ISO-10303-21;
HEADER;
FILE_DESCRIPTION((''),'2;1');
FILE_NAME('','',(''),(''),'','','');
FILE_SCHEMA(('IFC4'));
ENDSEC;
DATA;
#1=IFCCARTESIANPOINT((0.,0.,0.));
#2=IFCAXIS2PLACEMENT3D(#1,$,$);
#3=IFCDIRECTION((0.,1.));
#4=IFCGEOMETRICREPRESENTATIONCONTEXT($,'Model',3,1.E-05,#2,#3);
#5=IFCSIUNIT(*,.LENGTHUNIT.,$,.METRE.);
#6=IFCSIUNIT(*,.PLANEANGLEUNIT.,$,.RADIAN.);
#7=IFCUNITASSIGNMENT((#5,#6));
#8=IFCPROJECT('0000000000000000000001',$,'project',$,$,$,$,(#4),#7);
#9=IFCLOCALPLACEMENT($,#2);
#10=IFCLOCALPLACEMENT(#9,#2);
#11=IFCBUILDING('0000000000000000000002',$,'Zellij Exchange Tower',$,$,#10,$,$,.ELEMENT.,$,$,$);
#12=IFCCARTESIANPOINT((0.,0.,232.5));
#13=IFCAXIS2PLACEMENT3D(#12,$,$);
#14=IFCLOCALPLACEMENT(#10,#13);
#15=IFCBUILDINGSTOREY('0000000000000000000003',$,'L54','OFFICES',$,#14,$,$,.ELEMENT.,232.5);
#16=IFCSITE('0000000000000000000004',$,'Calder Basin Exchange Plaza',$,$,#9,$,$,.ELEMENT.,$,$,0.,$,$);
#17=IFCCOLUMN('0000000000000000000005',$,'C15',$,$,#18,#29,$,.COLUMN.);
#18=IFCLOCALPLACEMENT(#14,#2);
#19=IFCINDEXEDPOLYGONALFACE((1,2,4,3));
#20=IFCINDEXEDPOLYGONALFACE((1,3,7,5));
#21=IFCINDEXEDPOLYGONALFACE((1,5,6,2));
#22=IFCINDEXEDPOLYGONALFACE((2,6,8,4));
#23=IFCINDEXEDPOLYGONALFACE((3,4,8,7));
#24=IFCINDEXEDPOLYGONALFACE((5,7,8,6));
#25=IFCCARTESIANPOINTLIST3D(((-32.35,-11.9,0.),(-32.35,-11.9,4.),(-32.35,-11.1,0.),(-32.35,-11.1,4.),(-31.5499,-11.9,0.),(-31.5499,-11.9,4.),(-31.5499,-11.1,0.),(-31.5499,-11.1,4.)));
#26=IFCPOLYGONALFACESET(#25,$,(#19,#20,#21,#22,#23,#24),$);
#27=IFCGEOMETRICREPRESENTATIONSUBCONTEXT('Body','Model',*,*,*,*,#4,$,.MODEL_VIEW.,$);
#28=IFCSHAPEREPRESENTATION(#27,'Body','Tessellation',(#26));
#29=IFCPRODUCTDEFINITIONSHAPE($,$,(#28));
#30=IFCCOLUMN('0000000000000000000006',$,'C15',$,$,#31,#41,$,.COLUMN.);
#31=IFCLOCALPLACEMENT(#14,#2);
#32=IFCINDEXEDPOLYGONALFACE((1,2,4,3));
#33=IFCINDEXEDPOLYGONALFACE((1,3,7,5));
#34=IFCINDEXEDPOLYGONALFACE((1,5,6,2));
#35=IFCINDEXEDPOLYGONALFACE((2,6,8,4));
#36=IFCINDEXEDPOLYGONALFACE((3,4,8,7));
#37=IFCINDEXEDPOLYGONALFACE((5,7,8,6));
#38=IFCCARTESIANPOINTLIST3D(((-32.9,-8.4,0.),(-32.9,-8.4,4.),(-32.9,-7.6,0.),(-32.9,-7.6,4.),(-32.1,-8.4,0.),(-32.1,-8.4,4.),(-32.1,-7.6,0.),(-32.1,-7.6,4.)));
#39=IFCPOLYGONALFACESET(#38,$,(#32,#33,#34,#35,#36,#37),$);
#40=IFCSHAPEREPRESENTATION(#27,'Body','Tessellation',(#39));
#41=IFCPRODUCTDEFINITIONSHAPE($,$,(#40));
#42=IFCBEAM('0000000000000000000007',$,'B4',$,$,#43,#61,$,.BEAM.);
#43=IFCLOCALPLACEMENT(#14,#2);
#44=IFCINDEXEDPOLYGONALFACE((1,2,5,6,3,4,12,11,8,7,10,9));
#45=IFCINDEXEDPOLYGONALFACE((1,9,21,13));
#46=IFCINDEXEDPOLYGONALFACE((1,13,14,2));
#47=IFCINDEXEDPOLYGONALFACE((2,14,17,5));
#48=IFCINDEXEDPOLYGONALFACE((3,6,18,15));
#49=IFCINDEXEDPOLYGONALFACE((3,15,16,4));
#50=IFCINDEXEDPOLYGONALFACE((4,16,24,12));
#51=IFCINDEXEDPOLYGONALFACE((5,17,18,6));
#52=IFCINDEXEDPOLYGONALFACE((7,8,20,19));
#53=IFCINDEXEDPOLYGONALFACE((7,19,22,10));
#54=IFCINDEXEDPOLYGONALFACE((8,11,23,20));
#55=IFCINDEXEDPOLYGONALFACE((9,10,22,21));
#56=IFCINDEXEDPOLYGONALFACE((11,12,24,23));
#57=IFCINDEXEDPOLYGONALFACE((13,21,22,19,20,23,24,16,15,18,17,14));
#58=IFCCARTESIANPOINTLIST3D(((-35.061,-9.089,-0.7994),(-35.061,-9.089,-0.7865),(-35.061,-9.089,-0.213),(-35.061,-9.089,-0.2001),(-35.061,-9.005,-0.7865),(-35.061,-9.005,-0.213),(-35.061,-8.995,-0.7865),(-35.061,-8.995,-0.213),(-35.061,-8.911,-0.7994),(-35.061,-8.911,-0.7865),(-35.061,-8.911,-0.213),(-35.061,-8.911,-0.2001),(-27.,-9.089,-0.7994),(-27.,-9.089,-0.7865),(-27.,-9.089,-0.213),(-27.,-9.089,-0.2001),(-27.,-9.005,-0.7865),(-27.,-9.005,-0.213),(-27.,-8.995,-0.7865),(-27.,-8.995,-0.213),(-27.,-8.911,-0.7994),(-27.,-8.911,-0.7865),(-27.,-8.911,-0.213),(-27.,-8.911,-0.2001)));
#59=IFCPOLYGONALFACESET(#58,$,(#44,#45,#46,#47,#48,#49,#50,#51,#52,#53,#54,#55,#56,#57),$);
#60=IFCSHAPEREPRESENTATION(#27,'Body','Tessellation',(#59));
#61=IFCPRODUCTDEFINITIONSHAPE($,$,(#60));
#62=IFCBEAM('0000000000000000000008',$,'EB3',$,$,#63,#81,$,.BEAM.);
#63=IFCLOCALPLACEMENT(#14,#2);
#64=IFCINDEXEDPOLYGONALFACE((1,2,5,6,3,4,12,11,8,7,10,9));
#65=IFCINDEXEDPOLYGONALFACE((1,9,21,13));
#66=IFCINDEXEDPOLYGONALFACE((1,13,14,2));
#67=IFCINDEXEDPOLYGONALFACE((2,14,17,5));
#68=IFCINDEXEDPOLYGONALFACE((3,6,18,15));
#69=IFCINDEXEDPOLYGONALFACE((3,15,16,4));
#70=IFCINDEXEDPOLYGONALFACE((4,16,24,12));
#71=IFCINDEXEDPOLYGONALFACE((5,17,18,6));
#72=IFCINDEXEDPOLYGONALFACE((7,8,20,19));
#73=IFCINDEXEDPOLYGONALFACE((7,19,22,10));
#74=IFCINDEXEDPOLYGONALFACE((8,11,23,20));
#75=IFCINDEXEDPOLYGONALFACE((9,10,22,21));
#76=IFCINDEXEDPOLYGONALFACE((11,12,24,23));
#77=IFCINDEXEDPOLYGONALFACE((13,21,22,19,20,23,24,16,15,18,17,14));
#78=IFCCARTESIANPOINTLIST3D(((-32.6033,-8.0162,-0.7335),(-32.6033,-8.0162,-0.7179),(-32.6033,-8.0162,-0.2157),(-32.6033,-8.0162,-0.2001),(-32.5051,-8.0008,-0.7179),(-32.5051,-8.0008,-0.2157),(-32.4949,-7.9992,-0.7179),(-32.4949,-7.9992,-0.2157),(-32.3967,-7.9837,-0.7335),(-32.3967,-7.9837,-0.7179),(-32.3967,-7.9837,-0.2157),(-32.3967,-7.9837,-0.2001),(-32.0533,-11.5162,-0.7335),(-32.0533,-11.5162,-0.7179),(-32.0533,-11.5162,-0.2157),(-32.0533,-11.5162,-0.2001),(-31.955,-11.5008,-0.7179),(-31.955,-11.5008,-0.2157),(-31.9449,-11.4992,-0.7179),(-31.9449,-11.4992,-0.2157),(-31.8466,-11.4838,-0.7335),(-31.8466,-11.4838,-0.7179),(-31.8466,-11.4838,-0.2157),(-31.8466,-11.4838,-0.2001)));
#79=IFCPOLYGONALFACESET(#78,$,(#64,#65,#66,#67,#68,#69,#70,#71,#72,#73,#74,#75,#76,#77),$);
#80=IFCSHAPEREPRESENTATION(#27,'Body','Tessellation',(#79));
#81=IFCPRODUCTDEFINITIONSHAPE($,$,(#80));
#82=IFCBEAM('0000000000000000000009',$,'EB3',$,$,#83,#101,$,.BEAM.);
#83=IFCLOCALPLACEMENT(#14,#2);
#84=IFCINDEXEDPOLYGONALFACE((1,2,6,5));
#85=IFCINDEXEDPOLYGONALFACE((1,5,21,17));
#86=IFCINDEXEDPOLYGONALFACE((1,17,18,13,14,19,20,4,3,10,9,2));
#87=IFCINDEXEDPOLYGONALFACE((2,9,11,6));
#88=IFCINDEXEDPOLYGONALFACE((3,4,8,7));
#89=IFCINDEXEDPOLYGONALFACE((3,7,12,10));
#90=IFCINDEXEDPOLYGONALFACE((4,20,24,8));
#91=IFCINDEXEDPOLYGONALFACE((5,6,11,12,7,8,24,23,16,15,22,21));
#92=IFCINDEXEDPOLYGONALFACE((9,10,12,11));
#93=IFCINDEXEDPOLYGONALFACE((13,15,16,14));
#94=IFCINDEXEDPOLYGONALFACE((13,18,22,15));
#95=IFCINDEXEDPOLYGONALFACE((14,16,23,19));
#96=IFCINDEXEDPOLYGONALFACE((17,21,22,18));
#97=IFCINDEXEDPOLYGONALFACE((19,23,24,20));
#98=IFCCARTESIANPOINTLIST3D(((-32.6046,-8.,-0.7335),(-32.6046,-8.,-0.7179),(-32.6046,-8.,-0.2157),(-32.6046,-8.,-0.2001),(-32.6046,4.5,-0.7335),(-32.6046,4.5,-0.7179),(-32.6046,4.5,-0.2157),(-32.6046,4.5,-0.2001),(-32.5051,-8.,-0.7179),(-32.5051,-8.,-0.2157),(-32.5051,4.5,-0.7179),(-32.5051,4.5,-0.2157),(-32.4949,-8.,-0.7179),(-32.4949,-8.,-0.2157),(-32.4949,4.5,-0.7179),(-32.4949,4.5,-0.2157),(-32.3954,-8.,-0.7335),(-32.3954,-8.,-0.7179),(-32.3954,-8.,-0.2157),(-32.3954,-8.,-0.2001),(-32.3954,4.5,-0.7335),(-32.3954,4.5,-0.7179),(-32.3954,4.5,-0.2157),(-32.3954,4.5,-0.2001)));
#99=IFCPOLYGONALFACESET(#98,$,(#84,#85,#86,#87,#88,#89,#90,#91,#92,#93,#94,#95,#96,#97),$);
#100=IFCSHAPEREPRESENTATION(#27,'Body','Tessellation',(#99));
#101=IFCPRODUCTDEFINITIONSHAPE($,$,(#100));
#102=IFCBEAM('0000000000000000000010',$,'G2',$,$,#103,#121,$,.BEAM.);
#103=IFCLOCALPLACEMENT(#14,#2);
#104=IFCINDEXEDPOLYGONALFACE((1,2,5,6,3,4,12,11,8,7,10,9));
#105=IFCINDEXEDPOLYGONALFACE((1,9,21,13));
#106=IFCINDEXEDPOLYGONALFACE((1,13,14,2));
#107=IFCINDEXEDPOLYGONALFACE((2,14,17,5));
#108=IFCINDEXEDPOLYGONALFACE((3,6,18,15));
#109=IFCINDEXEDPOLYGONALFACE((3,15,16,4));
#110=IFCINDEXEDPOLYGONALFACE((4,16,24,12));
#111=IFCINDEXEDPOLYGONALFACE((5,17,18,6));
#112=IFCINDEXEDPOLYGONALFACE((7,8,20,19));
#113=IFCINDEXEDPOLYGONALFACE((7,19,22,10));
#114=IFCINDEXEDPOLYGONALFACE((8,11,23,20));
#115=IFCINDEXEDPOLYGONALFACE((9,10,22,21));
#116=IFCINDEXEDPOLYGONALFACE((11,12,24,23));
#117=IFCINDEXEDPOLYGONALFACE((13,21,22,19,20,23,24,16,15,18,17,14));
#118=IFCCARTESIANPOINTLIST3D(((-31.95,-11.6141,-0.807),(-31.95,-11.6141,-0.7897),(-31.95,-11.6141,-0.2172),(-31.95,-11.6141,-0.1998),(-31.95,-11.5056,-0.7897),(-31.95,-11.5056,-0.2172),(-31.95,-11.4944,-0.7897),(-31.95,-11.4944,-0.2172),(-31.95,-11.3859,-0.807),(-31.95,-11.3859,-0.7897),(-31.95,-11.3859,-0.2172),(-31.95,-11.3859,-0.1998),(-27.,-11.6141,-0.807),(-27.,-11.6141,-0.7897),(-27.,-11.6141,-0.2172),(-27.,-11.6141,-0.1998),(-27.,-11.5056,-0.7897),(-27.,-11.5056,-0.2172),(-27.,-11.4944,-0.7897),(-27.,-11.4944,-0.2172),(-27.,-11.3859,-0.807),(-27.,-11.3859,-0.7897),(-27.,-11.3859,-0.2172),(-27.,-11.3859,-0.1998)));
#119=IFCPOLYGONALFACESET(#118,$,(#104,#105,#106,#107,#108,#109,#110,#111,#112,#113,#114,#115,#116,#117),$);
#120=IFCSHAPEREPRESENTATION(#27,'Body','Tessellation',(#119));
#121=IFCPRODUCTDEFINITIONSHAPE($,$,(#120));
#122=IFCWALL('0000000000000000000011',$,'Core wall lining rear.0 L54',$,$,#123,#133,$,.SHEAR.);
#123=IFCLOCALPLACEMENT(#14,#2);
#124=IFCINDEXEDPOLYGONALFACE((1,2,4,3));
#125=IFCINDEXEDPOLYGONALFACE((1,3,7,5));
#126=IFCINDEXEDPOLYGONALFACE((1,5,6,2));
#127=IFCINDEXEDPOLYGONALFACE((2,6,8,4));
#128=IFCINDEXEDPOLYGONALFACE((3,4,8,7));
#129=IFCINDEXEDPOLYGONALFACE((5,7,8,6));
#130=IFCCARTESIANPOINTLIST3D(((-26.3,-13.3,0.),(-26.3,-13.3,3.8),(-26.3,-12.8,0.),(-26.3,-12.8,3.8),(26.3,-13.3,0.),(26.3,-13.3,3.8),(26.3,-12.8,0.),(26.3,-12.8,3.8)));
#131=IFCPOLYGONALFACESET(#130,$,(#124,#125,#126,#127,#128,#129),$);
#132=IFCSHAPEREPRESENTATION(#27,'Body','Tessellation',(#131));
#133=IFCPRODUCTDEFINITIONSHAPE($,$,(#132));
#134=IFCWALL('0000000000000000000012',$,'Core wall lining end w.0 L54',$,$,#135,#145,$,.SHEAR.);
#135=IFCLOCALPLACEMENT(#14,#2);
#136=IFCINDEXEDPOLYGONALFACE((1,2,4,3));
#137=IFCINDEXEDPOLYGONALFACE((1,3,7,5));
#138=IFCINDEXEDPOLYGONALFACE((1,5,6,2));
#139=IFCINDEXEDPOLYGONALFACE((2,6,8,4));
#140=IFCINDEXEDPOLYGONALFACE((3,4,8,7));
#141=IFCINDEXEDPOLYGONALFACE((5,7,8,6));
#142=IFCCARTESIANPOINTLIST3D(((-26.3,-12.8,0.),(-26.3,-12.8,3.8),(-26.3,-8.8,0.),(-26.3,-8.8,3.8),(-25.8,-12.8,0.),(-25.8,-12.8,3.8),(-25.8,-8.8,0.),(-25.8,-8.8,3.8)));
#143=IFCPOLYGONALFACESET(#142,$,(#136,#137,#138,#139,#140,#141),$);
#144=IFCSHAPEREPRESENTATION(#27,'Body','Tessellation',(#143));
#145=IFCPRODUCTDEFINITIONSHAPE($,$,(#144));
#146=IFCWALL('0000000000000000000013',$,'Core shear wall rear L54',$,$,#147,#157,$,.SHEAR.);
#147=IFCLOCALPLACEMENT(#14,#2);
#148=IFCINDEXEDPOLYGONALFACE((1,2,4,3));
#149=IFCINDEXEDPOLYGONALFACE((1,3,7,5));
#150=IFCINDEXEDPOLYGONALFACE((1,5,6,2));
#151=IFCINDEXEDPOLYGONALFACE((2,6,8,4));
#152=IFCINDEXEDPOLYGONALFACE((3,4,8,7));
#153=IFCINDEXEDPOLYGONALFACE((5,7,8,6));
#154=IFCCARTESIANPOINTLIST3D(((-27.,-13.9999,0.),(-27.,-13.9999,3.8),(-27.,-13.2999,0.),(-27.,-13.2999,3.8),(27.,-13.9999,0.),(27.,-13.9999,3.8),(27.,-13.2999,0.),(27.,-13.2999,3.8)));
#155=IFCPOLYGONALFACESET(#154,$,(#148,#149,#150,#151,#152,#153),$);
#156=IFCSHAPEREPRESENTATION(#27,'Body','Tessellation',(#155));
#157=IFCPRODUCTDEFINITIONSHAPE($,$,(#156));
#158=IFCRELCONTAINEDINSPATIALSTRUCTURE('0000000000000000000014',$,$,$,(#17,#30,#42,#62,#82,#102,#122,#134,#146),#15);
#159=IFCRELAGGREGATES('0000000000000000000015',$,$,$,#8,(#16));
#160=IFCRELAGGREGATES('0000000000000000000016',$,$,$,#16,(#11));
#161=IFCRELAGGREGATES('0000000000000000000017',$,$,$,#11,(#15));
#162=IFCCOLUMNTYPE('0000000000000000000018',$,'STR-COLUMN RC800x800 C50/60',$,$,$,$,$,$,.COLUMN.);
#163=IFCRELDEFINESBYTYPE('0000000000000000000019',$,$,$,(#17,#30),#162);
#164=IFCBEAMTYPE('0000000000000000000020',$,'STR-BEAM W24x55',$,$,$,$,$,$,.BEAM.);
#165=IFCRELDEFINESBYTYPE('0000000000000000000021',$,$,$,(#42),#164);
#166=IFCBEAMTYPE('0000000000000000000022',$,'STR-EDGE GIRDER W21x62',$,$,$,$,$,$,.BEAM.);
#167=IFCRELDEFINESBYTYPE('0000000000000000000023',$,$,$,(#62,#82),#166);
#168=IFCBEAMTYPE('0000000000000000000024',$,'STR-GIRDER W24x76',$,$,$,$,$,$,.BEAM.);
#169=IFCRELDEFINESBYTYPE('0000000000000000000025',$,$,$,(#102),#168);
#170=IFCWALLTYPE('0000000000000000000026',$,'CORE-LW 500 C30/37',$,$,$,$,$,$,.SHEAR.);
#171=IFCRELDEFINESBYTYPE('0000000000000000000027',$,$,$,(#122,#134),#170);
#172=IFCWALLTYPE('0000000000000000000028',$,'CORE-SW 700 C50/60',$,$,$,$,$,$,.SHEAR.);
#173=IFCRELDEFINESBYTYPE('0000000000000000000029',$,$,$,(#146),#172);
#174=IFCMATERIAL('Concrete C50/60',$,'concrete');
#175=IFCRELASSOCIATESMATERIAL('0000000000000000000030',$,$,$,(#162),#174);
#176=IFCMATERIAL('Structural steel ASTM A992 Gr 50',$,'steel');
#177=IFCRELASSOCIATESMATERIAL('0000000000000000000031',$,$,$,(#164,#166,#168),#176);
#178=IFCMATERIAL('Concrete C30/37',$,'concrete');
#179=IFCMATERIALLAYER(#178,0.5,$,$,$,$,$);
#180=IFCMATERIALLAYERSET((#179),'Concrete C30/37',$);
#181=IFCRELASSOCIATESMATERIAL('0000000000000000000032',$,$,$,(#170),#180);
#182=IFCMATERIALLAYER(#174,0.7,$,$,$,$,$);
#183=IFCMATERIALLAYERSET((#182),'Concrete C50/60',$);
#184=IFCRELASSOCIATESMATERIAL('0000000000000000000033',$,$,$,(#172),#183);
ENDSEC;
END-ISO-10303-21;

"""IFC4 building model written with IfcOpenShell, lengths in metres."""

from ifc_helpers import new_model, si_unit, direction, frame, frame_2d, origin, origin_2d, place, context, subcontext, project, spatial, rectangle, i_section, extrude, material, layer, layer_set, material_profile, profile_set, type_object, element, save


model = new_model("IFC4")

# Units and contexts
model_context = context("Model", 3, precision=1e-05, world=origin(), true_north=direction((0.0, 1.0)))
body_context = subcontext(model_context, "Body", "Model", "MODEL_VIEW")
ifc_project = project(units=[si_unit("LENGTHUNIT", "METRE"), si_unit("PLANEANGLEUNIT", "RADIAN")], contexts=[model_context])

# Site, building, storey
site_placement = place(None, origin())
site = spatial("IfcSite", under=ifc_project, at=site_placement, Name="Calder Basin Exchange Plaza", CompositionType="ELEMENT", RefElevation=0.0)
building_placement = place(site_placement, origin())
building = spatial("IfcBuilding", under=site, at=building_placement, Name="Zellij Exchange Tower", CompositionType="ELEMENT")
storey_placement = place(building_placement, frame((0.0, 0.0, 232.5)))
storey = spatial("IfcBuildingStorey", under=building, at=storey_placement, Name="L54", Description="OFFICES", CompositionType="ELEMENT", Elevation=232.5)

# Columns
ifc_material_1 = material(Name="Concrete C50/60", Category="concrete")
ifc_material_profile_1 = material_profile(ifc_material_1, rectangle(XDim=0.8, YDim=0.8, at=origin_2d()), Name="STR-COLUMN RC800x800 C50/60")
ifc_profile_set_1 = profile_set([ifc_material_profile_1], Name="Concrete C50/60")
column_type = type_object("IfcColumnType", Name="STR-COLUMN RC800x800 C50/60", PredefinedType="COLUMN", material=ifc_profile_set_1)
for number, where, z_axis, x_axis, name in (
    (1, (-31.95, -11.5, 0.0), (0.0, 0.0, 1.0), (1.0, 0.0, 0.0), "C15"),
    (2, (-32.5, -8.0, 0.0), (0.0, 0.0, 1.0), (1.0, 0.0, 0.0), "C15"),
):
    element("IfcColumn", number, at=place(storey_placement, frame(where, z_axis=z_axis, x_axis=x_axis)), inside=storey, type_object=column_type, Name=name, PredefinedType="COLUMN", context=body_context, shape_type="SweptSolid", body=[
        extrude(rectangle(XDim=0.8, YDim=0.8, at=origin_2d()), origin(), (0.0, 0.0, 1.0), 4.0),
    ])

# Beams
ifc_material_2 = material(Name="Structural steel ASTM A992 Gr 50", Category="steel")
ifc_material_profile_2 = material_profile(ifc_material_2, i_section(OverallWidth=0.178, OverallDepth=0.5994, WebThickness=0.01, FlangeThickness=0.0129, at=origin_2d()), Name="W24x55")
ifc_profile_set_2 = profile_set([ifc_material_profile_2], Name="Structural steel ASTM A992 Gr 50")
beam_type_1 = type_object("IfcBeamType", Name="STR-BEAM W24x55", PredefinedType="BEAM", material=ifc_profile_set_2)
beam_1_placement = place(storey_placement, frame((-35.061, -9.0, -0.4998), z_axis=(1.0, 0.0, 0.0), x_axis=(0.0, 1.0, 0.0)))
element("IfcBeam", 3, at=beam_1_placement, inside=storey, type_object=beam_type_1, Name="B4", PredefinedType="BEAM", context=body_context, shape_type="SweptSolid", body=[
    extrude(i_section(OverallWidth=0.178, OverallDepth=0.5994, WebThickness=0.01, FlangeThickness=0.0129, at=origin_2d()), origin(), (0.0, 0.0, 1.0), 8.061),
])
ifc_material_profile_3 = material_profile(ifc_material_2, i_section(OverallWidth=0.2092, OverallDepth=0.5334, WebThickness=0.0103, FlangeThickness=0.0156, at=origin_2d()), Name="W21x62")
ifc_profile_set_3 = profile_set([ifc_material_profile_3], Name="Structural steel ASTM A992 Gr 50")
beam_type_2 = type_object("IfcBeamType", Name="STR-EDGE GIRDER W21x62", PredefinedType="BEAM", material=ifc_profile_set_3)
beam_2_placement = place(storey_placement, frame((-31.95, -11.5, -0.4668), z_axis=(-0.155251, 0.987875, 0.0), x_axis=(-0.987875, -0.155251, 0.0)))
element("IfcBeam", 4, at=beam_2_placement, inside=storey, type_object=beam_type_2, Name="EB3", PredefinedType="BEAM", context=body_context, shape_type="SweptSolid", body=[
    extrude(i_section(OverallWidth=0.2092, OverallDepth=0.5334, WebThickness=0.0103, FlangeThickness=0.0156, at=origin_2d()), origin(), (0.0, 0.0, 1.0), 3.543),
])
beam_3_placement = place(storey_placement, frame((-32.5, -8.0, -0.4668), z_axis=(0.0, 1.0, 0.0), x_axis=(-1.0, 0.0, 0.0)))
element("IfcBeam", 5, at=beam_3_placement, inside=storey, type_object=beam_type_2, Name="EB3", PredefinedType="BEAM", context=body_context, shape_type="SweptSolid", body=[
    extrude(i_section(OverallWidth=0.2092, OverallDepth=0.5334, WebThickness=0.0103, FlangeThickness=0.0156, at=origin_2d()), origin(), (0.0, 0.0, 1.0), 12.5),
])
ifc_material_profile_4 = material_profile(ifc_material_2, i_section(OverallWidth=0.2283, OverallDepth=0.6072, WebThickness=0.0112, FlangeThickness=0.0173, at=origin_2d()), Name="W24x76")
ifc_profile_set_4 = profile_set([ifc_material_profile_4], Name="Structural steel ASTM A992 Gr 50")
beam_type_3 = type_object("IfcBeamType", Name="STR-GIRDER W24x76", PredefinedType="BEAM", material=ifc_profile_set_4)
beam_4_placement = place(storey_placement, frame((-31.95, -11.5, -0.5034), z_axis=(1.0, 0.0, 0.0), x_axis=(0.0, 1.0, 0.0)))
element("IfcBeam", 6, at=beam_4_placement, inside=storey, type_object=beam_type_3, Name="G2", PredefinedType="BEAM", context=body_context, shape_type="SweptSolid", body=[
    extrude(i_section(OverallWidth=0.2283, OverallDepth=0.6072, WebThickness=0.0112, FlangeThickness=0.0173, at=origin_2d()), origin(), (0.0, 0.0, 1.0), 4.95),
])

# Walls
ifc_material_3 = material(Name="Concrete C30/37", Category="concrete")
ifc_layer_1 = layer(ifc_material_3, 0.5)
ifc_layer_set_1 = layer_set([ifc_layer_1], Name="Concrete C30/37")
wall_type_1 = type_object("IfcWallType", Name="CORE-LW 500 C30/37", PredefinedType="SHEAR", material=ifc_layer_set_1)
wall_1_placement = place(storey_placement, frame((-26.3, -13.05, 0.0), z_axis=(0.0, 0.0, 1.0), x_axis=(1.0, 0.0, 0.0)))
element("IfcWall", 7, at=wall_1_placement, inside=storey, type_object=wall_type_1, Name="Core wall lining rear.0 L54", PredefinedType="SHEAR", context=body_context, shape_type="SweptSolid", body=[
    extrude(rectangle(XDim=52.6001, YDim=0.5, at=frame_2d((26.3, 0.0))), origin(), (0.0, 0.0, 1.0), 3.8),
])
wall_2_placement = place(storey_placement, frame((-26.05, -12.8, 0.0), z_axis=(0.0, 0.0, 1.0), x_axis=(0.0, 1.0, 0.0)))
element("IfcWall", 8, at=wall_2_placement, inside=storey, type_object=wall_type_1, Name="Core wall lining end w.0 L54", PredefinedType="SHEAR", context=body_context, shape_type="SweptSolid", body=[
    extrude(rectangle(XDim=4.0, YDim=0.5, at=frame_2d((2.0, 0.0))), origin(), (0.0, 0.0, 1.0), 3.8),
])
ifc_layer_2 = layer(ifc_material_1, 0.7)
ifc_layer_set_2 = layer_set([ifc_layer_2], Name="Concrete C50/60")
wall_type_2 = type_object("IfcWallType", Name="CORE-SW 700 C50/60", PredefinedType="SHEAR", material=ifc_layer_set_2)
wall_3_placement = place(storey_placement, frame((-27.0, -13.6499, 0.0), z_axis=(0.0, 0.0, 1.0), x_axis=(1.0, 0.0, 0.0)))
element("IfcWall", 9, at=wall_3_placement, inside=storey, type_object=wall_type_2, Name="Core shear wall rear L54", PredefinedType="SHEAR", context=body_context, shape_type="SweptSolid", body=[
    extrude(rectangle(XDim=54.0, YDim=0.7, at=frame_2d((27.0, 0.0))), origin(), (0.0, 0.0, 1.0), 3.8),
])

save(model, "model.ifc")
